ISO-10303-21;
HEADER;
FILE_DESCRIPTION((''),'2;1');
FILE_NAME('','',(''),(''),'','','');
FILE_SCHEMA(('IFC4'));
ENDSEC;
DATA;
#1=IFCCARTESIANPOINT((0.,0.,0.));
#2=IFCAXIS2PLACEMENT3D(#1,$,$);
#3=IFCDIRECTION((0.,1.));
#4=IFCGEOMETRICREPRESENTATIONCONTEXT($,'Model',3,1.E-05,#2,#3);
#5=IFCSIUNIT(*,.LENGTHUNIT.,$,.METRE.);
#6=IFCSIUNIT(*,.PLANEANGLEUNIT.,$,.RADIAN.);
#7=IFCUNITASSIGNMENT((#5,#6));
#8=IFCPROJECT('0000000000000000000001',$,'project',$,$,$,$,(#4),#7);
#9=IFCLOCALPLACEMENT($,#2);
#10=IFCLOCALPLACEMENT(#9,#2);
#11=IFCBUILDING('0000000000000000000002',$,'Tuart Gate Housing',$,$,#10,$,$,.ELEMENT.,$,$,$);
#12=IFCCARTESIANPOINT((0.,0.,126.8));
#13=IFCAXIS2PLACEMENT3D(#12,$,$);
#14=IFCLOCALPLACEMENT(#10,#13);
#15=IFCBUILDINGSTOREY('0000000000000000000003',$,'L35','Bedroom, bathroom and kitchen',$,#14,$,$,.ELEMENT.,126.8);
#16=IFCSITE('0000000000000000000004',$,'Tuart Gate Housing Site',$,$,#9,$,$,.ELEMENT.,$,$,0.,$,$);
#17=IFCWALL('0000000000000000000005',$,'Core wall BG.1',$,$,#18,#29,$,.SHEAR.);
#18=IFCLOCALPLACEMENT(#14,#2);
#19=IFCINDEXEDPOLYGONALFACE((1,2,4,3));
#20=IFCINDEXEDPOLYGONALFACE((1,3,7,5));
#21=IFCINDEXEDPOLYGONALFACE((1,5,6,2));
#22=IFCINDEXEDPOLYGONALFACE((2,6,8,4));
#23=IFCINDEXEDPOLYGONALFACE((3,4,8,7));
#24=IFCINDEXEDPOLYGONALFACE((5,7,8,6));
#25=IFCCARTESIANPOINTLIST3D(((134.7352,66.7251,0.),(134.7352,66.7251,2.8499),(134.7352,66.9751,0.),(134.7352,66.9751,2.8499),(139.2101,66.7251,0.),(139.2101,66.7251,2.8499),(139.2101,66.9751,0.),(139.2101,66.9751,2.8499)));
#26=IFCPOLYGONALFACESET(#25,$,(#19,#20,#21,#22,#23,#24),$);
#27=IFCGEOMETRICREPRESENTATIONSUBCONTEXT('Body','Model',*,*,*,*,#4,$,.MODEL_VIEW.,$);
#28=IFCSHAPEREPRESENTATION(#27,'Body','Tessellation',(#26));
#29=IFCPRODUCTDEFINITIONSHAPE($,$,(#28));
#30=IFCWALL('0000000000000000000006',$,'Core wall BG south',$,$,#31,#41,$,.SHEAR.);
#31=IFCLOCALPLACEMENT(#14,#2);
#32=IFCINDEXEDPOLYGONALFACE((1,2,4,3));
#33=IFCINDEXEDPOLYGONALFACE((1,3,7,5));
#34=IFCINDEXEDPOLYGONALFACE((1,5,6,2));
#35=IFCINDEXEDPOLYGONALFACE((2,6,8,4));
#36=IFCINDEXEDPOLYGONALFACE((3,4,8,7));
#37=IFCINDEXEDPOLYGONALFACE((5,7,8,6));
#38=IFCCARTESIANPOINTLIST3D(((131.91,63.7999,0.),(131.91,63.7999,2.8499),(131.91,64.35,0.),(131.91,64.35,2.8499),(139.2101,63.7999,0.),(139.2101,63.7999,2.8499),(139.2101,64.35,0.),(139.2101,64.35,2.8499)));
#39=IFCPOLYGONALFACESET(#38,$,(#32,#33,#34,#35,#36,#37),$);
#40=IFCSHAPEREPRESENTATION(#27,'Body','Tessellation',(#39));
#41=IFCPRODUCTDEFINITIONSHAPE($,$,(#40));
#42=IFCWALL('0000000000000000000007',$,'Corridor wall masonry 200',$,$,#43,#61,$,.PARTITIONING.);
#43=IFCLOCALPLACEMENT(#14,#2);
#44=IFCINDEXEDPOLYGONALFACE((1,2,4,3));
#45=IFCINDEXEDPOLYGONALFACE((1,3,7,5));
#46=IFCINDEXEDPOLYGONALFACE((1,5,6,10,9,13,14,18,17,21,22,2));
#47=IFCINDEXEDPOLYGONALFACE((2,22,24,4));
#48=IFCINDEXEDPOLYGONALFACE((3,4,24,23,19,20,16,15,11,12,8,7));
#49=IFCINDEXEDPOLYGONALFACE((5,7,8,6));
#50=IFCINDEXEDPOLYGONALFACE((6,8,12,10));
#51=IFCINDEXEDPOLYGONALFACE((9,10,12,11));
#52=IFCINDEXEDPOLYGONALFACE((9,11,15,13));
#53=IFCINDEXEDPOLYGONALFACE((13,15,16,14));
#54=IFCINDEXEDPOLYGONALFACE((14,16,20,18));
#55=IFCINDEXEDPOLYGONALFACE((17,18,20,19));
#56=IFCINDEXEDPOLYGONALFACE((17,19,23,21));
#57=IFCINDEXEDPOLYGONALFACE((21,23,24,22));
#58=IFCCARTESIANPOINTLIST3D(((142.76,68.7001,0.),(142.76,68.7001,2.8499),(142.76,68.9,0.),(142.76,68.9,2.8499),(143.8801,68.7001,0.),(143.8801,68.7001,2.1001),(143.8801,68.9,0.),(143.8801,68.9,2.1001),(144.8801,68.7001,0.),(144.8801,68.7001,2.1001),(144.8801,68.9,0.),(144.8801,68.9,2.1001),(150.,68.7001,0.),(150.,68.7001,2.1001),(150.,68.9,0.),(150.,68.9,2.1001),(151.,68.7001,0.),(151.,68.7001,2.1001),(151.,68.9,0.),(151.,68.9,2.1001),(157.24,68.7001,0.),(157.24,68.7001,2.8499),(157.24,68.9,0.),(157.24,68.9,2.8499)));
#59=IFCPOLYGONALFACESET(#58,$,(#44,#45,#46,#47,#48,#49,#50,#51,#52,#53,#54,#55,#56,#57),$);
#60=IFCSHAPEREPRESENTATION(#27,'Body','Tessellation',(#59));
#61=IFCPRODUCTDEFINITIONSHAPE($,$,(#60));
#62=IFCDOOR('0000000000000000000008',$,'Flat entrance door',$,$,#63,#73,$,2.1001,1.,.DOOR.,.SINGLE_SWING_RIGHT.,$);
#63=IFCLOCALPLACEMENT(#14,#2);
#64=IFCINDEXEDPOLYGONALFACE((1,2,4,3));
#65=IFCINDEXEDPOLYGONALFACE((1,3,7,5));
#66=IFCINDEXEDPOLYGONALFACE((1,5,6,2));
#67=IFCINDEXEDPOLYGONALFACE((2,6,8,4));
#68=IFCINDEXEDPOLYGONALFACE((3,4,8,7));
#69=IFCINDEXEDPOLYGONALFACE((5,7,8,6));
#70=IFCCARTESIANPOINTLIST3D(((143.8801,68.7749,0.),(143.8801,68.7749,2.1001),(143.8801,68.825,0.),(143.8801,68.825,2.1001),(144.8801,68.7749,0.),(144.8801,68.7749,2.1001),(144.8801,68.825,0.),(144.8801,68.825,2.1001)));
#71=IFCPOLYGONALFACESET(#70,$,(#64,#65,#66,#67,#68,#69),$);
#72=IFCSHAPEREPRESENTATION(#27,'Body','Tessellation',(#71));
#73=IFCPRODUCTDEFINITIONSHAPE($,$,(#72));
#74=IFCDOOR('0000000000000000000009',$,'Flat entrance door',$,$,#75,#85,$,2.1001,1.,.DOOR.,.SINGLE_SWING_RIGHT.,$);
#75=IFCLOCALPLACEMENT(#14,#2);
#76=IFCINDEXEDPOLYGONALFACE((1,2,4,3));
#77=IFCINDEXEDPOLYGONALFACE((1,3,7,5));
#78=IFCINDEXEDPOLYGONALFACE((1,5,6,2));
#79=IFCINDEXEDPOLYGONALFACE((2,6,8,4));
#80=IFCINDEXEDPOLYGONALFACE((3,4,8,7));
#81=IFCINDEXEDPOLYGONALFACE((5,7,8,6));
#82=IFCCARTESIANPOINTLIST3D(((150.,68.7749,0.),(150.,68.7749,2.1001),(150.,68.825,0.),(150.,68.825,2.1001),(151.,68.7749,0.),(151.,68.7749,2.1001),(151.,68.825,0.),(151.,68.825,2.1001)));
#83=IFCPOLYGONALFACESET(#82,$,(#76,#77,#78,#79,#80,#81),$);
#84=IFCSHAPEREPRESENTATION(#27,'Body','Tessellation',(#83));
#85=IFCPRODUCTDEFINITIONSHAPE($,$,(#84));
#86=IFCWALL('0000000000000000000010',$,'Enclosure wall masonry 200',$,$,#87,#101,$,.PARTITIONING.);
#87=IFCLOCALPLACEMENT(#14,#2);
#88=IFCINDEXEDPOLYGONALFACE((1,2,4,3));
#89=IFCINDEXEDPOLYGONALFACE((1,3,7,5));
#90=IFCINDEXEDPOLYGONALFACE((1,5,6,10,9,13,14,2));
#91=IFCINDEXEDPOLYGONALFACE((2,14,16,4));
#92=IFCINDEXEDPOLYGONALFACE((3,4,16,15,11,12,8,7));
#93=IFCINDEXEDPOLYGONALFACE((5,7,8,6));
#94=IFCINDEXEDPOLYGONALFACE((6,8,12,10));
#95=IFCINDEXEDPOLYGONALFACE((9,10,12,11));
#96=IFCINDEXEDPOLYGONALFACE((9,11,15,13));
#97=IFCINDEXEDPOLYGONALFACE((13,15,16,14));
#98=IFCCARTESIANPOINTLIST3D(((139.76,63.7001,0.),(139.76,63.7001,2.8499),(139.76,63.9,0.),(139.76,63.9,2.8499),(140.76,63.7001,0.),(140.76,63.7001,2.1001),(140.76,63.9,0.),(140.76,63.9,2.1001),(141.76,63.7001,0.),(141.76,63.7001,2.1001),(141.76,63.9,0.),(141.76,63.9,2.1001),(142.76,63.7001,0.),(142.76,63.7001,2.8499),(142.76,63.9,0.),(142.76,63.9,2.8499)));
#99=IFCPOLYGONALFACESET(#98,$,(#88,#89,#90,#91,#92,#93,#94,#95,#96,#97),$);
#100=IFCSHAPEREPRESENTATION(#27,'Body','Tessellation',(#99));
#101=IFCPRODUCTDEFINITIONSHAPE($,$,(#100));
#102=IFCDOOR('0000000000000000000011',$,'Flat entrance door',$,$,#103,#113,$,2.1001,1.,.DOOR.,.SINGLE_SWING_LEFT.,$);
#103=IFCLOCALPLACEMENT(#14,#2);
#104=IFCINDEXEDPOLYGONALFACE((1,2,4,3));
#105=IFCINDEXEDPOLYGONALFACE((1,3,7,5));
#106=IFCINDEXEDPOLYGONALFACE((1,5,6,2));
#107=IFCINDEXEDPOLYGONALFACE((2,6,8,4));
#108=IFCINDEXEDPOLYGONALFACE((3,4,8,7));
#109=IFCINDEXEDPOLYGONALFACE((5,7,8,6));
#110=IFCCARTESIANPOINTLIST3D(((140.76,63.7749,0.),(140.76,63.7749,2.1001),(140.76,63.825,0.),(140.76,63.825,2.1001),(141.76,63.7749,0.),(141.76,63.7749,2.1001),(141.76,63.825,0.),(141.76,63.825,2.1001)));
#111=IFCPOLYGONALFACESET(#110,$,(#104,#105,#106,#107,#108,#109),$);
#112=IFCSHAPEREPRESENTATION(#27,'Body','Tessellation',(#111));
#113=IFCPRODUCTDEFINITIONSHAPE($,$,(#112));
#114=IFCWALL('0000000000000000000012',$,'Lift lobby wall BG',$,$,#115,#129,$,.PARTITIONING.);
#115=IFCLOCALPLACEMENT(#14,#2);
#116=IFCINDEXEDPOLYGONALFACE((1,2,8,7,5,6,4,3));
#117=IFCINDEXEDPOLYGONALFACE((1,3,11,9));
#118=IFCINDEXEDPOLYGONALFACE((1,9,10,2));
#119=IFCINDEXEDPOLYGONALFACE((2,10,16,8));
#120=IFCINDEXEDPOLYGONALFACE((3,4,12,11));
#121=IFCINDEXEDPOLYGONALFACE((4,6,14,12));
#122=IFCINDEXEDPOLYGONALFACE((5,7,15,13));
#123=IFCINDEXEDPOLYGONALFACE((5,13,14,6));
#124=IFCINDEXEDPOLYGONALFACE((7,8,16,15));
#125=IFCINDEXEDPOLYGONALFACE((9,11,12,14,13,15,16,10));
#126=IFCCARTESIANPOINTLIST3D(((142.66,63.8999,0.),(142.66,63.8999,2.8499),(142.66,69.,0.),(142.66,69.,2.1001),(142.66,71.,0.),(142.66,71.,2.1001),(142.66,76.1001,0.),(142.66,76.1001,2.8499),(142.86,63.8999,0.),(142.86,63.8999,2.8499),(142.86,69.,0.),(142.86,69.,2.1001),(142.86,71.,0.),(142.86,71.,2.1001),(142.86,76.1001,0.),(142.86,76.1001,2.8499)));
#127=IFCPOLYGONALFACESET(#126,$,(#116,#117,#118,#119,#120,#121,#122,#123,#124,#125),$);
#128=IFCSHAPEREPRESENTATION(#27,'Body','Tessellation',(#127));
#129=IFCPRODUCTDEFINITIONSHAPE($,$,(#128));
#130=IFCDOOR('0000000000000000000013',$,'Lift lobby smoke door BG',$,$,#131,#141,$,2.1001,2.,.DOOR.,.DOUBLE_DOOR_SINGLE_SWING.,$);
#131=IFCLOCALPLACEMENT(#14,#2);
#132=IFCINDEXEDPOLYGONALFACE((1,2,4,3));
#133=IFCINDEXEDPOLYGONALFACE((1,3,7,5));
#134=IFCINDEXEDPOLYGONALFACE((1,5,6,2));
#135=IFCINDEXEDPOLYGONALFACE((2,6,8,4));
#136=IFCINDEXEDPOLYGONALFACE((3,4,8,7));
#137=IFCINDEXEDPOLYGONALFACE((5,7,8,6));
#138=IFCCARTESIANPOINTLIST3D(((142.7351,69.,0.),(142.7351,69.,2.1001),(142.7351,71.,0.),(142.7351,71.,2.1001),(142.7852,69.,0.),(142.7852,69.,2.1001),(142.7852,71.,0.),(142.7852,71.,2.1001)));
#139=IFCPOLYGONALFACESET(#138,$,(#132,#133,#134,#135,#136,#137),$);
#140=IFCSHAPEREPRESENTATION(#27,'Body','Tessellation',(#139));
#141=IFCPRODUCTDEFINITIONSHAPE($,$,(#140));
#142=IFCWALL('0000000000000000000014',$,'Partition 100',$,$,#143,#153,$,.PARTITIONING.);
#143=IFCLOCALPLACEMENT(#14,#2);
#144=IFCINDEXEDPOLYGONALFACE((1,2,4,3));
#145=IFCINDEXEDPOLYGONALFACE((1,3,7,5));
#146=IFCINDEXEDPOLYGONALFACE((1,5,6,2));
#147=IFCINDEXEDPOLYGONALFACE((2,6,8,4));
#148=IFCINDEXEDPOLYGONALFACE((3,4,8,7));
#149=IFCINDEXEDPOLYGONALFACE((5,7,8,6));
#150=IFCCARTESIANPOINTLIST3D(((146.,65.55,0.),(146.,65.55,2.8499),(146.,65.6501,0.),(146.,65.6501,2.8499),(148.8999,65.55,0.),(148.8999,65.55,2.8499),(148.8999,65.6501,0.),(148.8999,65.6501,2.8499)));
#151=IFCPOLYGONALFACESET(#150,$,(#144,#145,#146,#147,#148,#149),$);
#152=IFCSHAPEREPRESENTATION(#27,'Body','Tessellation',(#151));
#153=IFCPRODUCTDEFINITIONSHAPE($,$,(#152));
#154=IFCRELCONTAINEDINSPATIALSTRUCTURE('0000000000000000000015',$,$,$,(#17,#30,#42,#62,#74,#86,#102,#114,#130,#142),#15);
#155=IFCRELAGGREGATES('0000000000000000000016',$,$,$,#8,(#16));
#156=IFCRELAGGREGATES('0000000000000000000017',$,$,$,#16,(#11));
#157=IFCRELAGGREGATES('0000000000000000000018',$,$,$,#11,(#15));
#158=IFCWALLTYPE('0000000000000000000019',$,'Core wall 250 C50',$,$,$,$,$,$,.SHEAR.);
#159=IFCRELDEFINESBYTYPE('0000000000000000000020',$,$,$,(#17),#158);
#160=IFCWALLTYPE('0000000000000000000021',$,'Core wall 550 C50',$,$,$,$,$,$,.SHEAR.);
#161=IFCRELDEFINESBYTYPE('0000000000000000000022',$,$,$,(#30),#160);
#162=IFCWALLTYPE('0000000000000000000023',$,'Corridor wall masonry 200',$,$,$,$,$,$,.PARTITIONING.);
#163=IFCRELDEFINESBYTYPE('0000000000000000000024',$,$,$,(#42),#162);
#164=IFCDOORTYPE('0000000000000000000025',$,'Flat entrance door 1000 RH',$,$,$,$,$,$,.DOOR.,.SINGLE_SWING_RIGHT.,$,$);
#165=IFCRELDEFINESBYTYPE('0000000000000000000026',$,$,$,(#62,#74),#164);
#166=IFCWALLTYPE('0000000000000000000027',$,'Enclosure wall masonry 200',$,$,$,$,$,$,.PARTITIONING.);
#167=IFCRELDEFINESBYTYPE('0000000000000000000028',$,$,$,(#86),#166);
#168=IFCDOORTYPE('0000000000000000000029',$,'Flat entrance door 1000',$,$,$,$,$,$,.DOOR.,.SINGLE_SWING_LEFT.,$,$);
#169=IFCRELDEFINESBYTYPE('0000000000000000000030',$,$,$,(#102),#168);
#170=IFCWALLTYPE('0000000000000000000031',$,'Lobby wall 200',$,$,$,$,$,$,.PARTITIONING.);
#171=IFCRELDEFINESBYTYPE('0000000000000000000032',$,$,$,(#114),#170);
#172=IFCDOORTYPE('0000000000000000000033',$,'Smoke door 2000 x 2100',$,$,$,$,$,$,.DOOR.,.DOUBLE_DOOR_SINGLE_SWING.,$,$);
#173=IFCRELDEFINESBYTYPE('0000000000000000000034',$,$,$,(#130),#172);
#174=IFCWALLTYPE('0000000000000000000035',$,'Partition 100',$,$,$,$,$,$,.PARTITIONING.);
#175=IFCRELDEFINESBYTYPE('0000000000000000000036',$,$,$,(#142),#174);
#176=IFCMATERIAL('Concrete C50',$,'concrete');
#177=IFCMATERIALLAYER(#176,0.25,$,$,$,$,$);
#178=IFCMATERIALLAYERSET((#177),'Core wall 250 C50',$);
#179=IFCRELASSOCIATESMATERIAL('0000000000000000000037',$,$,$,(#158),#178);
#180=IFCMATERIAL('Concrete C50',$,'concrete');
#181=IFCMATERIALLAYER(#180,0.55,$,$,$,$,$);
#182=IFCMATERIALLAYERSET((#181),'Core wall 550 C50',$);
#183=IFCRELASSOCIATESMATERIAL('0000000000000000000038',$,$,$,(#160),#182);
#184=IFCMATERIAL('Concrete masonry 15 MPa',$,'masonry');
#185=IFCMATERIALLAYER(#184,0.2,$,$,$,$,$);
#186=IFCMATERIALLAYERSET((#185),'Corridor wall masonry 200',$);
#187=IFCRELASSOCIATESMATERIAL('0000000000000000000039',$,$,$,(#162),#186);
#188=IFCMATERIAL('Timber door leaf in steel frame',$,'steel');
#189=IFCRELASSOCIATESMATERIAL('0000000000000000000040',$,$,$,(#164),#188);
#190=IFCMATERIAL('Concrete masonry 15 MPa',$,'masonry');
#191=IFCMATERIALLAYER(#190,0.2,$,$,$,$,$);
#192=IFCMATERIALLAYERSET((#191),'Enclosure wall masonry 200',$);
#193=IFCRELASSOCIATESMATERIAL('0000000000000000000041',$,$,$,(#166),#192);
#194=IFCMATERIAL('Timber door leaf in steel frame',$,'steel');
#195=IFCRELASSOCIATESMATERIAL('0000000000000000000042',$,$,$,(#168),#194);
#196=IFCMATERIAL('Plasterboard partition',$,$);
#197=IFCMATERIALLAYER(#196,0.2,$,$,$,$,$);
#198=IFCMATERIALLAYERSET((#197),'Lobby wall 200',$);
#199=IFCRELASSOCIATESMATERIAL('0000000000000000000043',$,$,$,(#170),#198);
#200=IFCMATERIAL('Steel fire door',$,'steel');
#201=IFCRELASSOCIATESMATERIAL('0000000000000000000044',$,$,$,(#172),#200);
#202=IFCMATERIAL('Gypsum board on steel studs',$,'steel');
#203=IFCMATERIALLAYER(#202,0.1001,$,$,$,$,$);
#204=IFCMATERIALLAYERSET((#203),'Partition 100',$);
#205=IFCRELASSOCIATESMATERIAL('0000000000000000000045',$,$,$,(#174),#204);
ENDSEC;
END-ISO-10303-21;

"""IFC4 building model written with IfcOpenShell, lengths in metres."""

from ifc_helpers import new_model, si_unit, direction, frame, frame_2d, origin, place, context, subcontext, project, spatial, rectangle, extrude, material, layer, layer_set, type_object, element, fill, save


model = new_model("IFC4")

# Units and contexts
model_context = context("Model", 3, precision=1e-05, world=origin(), true_north=direction((0.0, 1.0)))
body_context = subcontext(model_context, "Body", "Model", "MODEL_VIEW")
ifc_project = project(units=[si_unit("LENGTHUNIT", "METRE"), si_unit("PLANEANGLEUNIT", "RADIAN")], contexts=[model_context])

# Site, building, storey
site_placement = place(None, origin())
site = spatial("IfcSite", under=ifc_project, at=site_placement, Name="Tuart Gate Housing Site", CompositionType="ELEMENT", RefElevation=0.0)
building_placement = place(site_placement, origin())
building = spatial("IfcBuilding", under=site, at=building_placement, Name="Tuart Gate Housing", CompositionType="ELEMENT")
storey_placement = place(building_placement, frame((0.0, 0.0, 126.8)))
storey = spatial("IfcBuildingStorey", under=building, at=storey_placement, Name="L35", Description="Bedroom, bathroom and kitchen", CompositionType="ELEMENT", Elevation=126.8)

# Walls
ifc_material_1 = material(Name="Concrete C50", Category="concrete")
ifc_layer_1 = layer(ifc_material_1, 0.25)
ifc_layer_set_1 = layer_set([ifc_layer_1], Name="Core wall 250 C50")
wall_type_1 = type_object("IfcWallType", Name="Core wall 250 C50", PredefinedType="SHEAR", material=ifc_layer_set_1)
wall_1_placement = place(storey_placement, frame((139.21, 66.8501, 0.0), z_axis=(0.0, 0.0, 1.0), x_axis=(-1.0, 0.0, 0.0)))
element("IfcWall", 1, at=wall_1_placement, inside=storey, type_object=wall_type_1, Name="Core wall BG.1", PredefinedType="SHEAR", context=body_context, shape_type="SweptSolid", body=[
    extrude(rectangle(XDim=4.4749, YDim=0.25, at=frame_2d((2.2373, 0.0))), origin(), (0.0, 0.0, 1.0), 2.8499),
])
ifc_material_2 = material(Name="Concrete C50", Category="concrete")
ifc_layer_2 = layer(ifc_material_2, 0.55)
ifc_layer_set_2 = layer_set([ifc_layer_2], Name="Core wall 550 C50")
wall_type_2 = type_object("IfcWallType", Name="Core wall 550 C50", PredefinedType="SHEAR", material=ifc_layer_set_2)
wall_2_placement = place(storey_placement, frame((139.21, 64.075, 0.0), z_axis=(0.0, 0.0, 1.0), x_axis=(-1.0, 0.0, 0.0)))
element("IfcWall", 2, at=wall_2_placement, inside=storey, type_object=wall_type_2, Name="Core wall BG south", PredefinedType="SHEAR", context=body_context, shape_type="SweptSolid", body=[
    extrude(rectangle(XDim=7.3, YDim=0.55, at=frame_2d((3.6499, 0.0))), origin(), (0.0, 0.0, 1.0), 2.8499),
])

# Wall, openings, doors
ifc_material_3 = material(Name="Concrete masonry 15 MPa", Category="masonry")
ifc_layer_3 = layer(ifc_material_3, 0.2)
ifc_layer_set_3 = layer_set([ifc_layer_3], Name="Corridor wall masonry 200")
wall_type_3 = type_object("IfcWallType", Name="Corridor wall masonry 200", PredefinedType="PARTITIONING", material=ifc_layer_set_3)
wall_3_placement = place(storey_placement, frame((142.76, 68.8, 0.0), z_axis=(0.0, 0.0, 1.0), x_axis=(1.0, 0.0, 0.0)))
wall_3 = element("IfcWall", 3, at=wall_3_placement, inside=storey, type_object=wall_type_3, Name="Corridor wall masonry 200", PredefinedType="PARTITIONING", context=body_context, shape_type="SweptSolid", body=[
    extrude(rectangle(XDim=14.48, YDim=0.2, at=frame_2d((7.24, 0.0))), origin(), (0.0, 0.0, 1.0), 2.8499),
])
opening_1_placement = place(wall_3_placement, frame((1.1201, 0.0, 0.0)))
opening_1 = element("IfcOpeningElement", 4, at=opening_1_placement, cuts=wall_3, PredefinedType="OPENING", context=body_context, shape_type="SweptSolid", body=[
    extrude(rectangle(XDim=1.0, YDim=2.1001, at=frame_2d((0.5, 1.05))), frame((0.0, 0.1099, 0.0), z_axis=(0.0, -1.0, 0.0), x_axis=(1.0, 0.0, 0.0)), (0.0, 0.0, 1.0), 0.22),
])
opening_2_placement = place(wall_3_placement, frame((7.24, 0.0, 0.0)))
opening_2 = element("IfcOpeningElement", 5, at=opening_2_placement, cuts=wall_3, PredefinedType="OPENING", context=body_context, shape_type="SweptSolid", body=[
    extrude(rectangle(XDim=1.0, YDim=2.1001, at=frame_2d((0.5, 1.05))), frame((0.0, 0.1099, 0.0), z_axis=(0.0, -1.0, 0.0), x_axis=(1.0, 0.0, 0.0)), (0.0, 0.0, 1.0), 0.22),
])
ifc_material_4 = material(Name="Timber door leaf in steel frame", Category="steel")
door_type_1 = type_object("IfcDoorType", Name="Flat entrance door 1000 RH", OperationType="SINGLE_SWING_RIGHT", PredefinedType="DOOR", material=ifc_material_4)
door_1_placement = place(opening_1_placement, frame((1.0, 0.0, 0.0), z_axis=(0.0, 0.0, 1.0), x_axis=(-1.0, 0.0, 0.0)))
door_1 = element("IfcDoor", 6, at=door_1_placement, inside=storey, type_object=door_type_1, Name="Flat entrance door", OperationType="SINGLE_SWING_RIGHT", OverallHeight=2.1001, OverallWidth=1.0, PredefinedType="DOOR", context=body_context, shape_type="SweptSolid", body=[
    extrude(rectangle(XDim=1.0, YDim=2.1001, at=frame_2d((0.5, 1.05))), frame((0.0, 0.0251, 0.0), z_axis=(0.0, -1.0, 0.0), x_axis=(1.0, 0.0, 0.0)), (0.0, 0.0, 1.0), 0.05),
])
fill(opening_1, door_1)
door_2_placement = place(opening_2_placement, frame((1.0, 0.0, 0.0), z_axis=(0.0, 0.0, 1.0), x_axis=(-1.0, 0.0, 0.0)))
door_2 = element("IfcDoor", 7, at=door_2_placement, inside=storey, type_object=door_type_1, Name="Flat entrance door", OperationType="SINGLE_SWING_RIGHT", OverallHeight=2.1001, OverallWidth=1.0, PredefinedType="DOOR", context=body_context, shape_type="SweptSolid", body=[
    extrude(rectangle(XDim=1.0, YDim=2.1001, at=frame_2d((0.5, 1.05))), frame((0.0, 0.0251, 0.0), z_axis=(0.0, -1.0, 0.0), x_axis=(1.0, 0.0, 0.0)), (0.0, 0.0, 1.0), 0.05),
])
fill(opening_2, door_2)

# Walls, openings, doors
ifc_material_5 = material(Name="Concrete masonry 15 MPa", Category="masonry")
ifc_layer_4 = layer(ifc_material_5, 0.2)
ifc_layer_set_4 = layer_set([ifc_layer_4], Name="Enclosure wall masonry 200")
wall_type_4 = type_object("IfcWallType", Name="Enclosure wall masonry 200", PredefinedType="PARTITIONING", material=ifc_layer_set_4)
wall_4_placement = place(storey_placement, frame((139.76, 63.8, 0.0), z_axis=(0.0, 0.0, 1.0), x_axis=(1.0, 0.0, 0.0)))
wall_4 = element("IfcWall", 8, at=wall_4_placement, inside=storey, type_object=wall_type_4, Name="Enclosure wall masonry 200", PredefinedType="PARTITIONING", context=body_context, shape_type="SweptSolid", body=[
    extrude(rectangle(XDim=3.0, YDim=0.2, at=frame_2d((1.5, 0.0))), origin(), (0.0, 0.0, 1.0), 2.8499),
])
opening_3_placement = place(wall_4_placement, frame((1.0, 0.0, 0.0)))
opening_3 = element("IfcOpeningElement", 9, at=opening_3_placement, cuts=wall_4, PredefinedType="OPENING", context=body_context, shape_type="SweptSolid", body=[
    extrude(rectangle(XDim=1.0, YDim=2.1001, at=frame_2d((0.5, 1.05))), frame((0.0, 0.1099, 0.0), z_axis=(0.0, -1.0, 0.0), x_axis=(1.0, 0.0, 0.0)), (0.0, 0.0, 1.0), 0.22),
])
ifc_material_6 = material(Name="Timber door leaf in steel frame", Category="steel")
door_type_2 = type_object("IfcDoorType", Name="Flat entrance door 1000", OperationType="SINGLE_SWING_LEFT", PredefinedType="DOOR", material=ifc_material_6)
door_3_placement = place(opening_3_placement, frame((1.0, 0.0, 0.0), z_axis=(0.0, 0.0, 1.0), x_axis=(-1.0, 0.0, 0.0)))
door_3 = element("IfcDoor", 10, at=door_3_placement, inside=storey, type_object=door_type_2, Name="Flat entrance door", OperationType="SINGLE_SWING_LEFT", OverallHeight=2.1001, OverallWidth=1.0, PredefinedType="DOOR", context=body_context, shape_type="SweptSolid", body=[
    extrude(rectangle(XDim=1.0, YDim=2.1001, at=frame_2d((0.5, 1.05))), frame((0.0, 0.0251, 0.0), z_axis=(0.0, -1.0, 0.0), x_axis=(1.0, 0.0, 0.0)), (0.0, 0.0, 1.0), 0.05),
])
fill(opening_3, door_3)
ifc_material_7 = material(Name="Plasterboard partition")
ifc_layer_5 = layer(ifc_material_7, 0.2)
ifc_layer_set_5 = layer_set([ifc_layer_5], Name="Lobby wall 200")
wall_type_5 = type_object("IfcWallType", Name="Lobby wall 200", PredefinedType="PARTITIONING", material=ifc_layer_set_5)
wall_5_placement = place(storey_placement, frame((142.76, 63.8999, 0.0), z_axis=(0.0, 0.0, 1.0), x_axis=(0.0, 1.0, 0.0)))
wall_5 = element("IfcWall", 11, at=wall_5_placement, inside=storey, type_object=wall_type_5, Name="Lift lobby wall BG", PredefinedType="PARTITIONING", context=body_context, shape_type="SweptSolid", body=[
    extrude(rectangle(XDim=12.2002, YDim=0.2, at=frame_2d((6.1001, 0.0))), origin(), (0.0, 0.0, 1.0), 2.8499),
])
opening_4_placement = place(wall_5_placement, frame((5.1001, 0.0, 0.0)))
opening_4 = element("IfcOpeningElement", 12, at=opening_4_placement, cuts=wall_5, PredefinedType="OPENING", context=body_context, shape_type="SweptSolid", body=[
    extrude(rectangle(XDim=2.0, YDim=2.1001, at=frame_2d((1.0, 1.05))), frame((0.0, 0.1099, 0.0), z_axis=(0.0, -1.0, 0.0), x_axis=(1.0, 0.0, 0.0)), (0.0, 0.0, 1.0), 0.22),
])
ifc_material_8 = material(Name="Steel fire door", Category="steel")
door_type_3 = type_object("IfcDoorType", Name="Smoke door 2000 x 2100", OperationType="DOUBLE_DOOR_SINGLE_SWING", PredefinedType="DOOR", material=ifc_material_8)
door_4_placement = place(opening_4_placement, origin())
door_4 = element("IfcDoor", 13, at=door_4_placement, inside=storey, type_object=door_type_3, Name="Lift lobby smoke door BG", OperationType="DOUBLE_DOOR_SINGLE_SWING", OverallHeight=2.1001, OverallWidth=2.0, PredefinedType="DOOR", context=body_context, shape_type="SweptSolid", body=[
    extrude(rectangle(XDim=2.0, YDim=2.1001, at=frame_2d((1.0, 1.05))), frame((0.0, 0.0249, 0.0), z_axis=(0.0, -1.0, 0.0), x_axis=(1.0, 0.0, 0.0)), (0.0, 0.0, 1.0), 0.05),
])
fill(opening_4, door_4)

# Wall
ifc_material_9 = material(Name="Gypsum board on steel studs", Category="steel")
ifc_layer_6 = layer(ifc_material_9, 0.1001)
ifc_layer_set_6 = layer_set([ifc_layer_6], Name="Partition 100")
wall_type_6 = type_object("IfcWallType", Name="Partition 100", PredefinedType="PARTITIONING", material=ifc_layer_set_6)
wall_6_placement = place(storey_placement, frame((146.0, 65.6001, 0.0), z_axis=(0.0, 0.0, 1.0), x_axis=(1.0, 0.0, 0.0)))
element("IfcWall", 14, at=wall_6_placement, inside=storey, type_object=wall_type_6, Name="Partition 100", PredefinedType="PARTITIONING", context=body_context, shape_type="SweptSolid", body=[
    extrude(rectangle(XDim=2.8999, YDim=0.1001, at=frame_2d((1.45, 0.0))), origin(), (0.0, 0.0, 1.0), 2.8499),
])

save(model, "model.ifc")
